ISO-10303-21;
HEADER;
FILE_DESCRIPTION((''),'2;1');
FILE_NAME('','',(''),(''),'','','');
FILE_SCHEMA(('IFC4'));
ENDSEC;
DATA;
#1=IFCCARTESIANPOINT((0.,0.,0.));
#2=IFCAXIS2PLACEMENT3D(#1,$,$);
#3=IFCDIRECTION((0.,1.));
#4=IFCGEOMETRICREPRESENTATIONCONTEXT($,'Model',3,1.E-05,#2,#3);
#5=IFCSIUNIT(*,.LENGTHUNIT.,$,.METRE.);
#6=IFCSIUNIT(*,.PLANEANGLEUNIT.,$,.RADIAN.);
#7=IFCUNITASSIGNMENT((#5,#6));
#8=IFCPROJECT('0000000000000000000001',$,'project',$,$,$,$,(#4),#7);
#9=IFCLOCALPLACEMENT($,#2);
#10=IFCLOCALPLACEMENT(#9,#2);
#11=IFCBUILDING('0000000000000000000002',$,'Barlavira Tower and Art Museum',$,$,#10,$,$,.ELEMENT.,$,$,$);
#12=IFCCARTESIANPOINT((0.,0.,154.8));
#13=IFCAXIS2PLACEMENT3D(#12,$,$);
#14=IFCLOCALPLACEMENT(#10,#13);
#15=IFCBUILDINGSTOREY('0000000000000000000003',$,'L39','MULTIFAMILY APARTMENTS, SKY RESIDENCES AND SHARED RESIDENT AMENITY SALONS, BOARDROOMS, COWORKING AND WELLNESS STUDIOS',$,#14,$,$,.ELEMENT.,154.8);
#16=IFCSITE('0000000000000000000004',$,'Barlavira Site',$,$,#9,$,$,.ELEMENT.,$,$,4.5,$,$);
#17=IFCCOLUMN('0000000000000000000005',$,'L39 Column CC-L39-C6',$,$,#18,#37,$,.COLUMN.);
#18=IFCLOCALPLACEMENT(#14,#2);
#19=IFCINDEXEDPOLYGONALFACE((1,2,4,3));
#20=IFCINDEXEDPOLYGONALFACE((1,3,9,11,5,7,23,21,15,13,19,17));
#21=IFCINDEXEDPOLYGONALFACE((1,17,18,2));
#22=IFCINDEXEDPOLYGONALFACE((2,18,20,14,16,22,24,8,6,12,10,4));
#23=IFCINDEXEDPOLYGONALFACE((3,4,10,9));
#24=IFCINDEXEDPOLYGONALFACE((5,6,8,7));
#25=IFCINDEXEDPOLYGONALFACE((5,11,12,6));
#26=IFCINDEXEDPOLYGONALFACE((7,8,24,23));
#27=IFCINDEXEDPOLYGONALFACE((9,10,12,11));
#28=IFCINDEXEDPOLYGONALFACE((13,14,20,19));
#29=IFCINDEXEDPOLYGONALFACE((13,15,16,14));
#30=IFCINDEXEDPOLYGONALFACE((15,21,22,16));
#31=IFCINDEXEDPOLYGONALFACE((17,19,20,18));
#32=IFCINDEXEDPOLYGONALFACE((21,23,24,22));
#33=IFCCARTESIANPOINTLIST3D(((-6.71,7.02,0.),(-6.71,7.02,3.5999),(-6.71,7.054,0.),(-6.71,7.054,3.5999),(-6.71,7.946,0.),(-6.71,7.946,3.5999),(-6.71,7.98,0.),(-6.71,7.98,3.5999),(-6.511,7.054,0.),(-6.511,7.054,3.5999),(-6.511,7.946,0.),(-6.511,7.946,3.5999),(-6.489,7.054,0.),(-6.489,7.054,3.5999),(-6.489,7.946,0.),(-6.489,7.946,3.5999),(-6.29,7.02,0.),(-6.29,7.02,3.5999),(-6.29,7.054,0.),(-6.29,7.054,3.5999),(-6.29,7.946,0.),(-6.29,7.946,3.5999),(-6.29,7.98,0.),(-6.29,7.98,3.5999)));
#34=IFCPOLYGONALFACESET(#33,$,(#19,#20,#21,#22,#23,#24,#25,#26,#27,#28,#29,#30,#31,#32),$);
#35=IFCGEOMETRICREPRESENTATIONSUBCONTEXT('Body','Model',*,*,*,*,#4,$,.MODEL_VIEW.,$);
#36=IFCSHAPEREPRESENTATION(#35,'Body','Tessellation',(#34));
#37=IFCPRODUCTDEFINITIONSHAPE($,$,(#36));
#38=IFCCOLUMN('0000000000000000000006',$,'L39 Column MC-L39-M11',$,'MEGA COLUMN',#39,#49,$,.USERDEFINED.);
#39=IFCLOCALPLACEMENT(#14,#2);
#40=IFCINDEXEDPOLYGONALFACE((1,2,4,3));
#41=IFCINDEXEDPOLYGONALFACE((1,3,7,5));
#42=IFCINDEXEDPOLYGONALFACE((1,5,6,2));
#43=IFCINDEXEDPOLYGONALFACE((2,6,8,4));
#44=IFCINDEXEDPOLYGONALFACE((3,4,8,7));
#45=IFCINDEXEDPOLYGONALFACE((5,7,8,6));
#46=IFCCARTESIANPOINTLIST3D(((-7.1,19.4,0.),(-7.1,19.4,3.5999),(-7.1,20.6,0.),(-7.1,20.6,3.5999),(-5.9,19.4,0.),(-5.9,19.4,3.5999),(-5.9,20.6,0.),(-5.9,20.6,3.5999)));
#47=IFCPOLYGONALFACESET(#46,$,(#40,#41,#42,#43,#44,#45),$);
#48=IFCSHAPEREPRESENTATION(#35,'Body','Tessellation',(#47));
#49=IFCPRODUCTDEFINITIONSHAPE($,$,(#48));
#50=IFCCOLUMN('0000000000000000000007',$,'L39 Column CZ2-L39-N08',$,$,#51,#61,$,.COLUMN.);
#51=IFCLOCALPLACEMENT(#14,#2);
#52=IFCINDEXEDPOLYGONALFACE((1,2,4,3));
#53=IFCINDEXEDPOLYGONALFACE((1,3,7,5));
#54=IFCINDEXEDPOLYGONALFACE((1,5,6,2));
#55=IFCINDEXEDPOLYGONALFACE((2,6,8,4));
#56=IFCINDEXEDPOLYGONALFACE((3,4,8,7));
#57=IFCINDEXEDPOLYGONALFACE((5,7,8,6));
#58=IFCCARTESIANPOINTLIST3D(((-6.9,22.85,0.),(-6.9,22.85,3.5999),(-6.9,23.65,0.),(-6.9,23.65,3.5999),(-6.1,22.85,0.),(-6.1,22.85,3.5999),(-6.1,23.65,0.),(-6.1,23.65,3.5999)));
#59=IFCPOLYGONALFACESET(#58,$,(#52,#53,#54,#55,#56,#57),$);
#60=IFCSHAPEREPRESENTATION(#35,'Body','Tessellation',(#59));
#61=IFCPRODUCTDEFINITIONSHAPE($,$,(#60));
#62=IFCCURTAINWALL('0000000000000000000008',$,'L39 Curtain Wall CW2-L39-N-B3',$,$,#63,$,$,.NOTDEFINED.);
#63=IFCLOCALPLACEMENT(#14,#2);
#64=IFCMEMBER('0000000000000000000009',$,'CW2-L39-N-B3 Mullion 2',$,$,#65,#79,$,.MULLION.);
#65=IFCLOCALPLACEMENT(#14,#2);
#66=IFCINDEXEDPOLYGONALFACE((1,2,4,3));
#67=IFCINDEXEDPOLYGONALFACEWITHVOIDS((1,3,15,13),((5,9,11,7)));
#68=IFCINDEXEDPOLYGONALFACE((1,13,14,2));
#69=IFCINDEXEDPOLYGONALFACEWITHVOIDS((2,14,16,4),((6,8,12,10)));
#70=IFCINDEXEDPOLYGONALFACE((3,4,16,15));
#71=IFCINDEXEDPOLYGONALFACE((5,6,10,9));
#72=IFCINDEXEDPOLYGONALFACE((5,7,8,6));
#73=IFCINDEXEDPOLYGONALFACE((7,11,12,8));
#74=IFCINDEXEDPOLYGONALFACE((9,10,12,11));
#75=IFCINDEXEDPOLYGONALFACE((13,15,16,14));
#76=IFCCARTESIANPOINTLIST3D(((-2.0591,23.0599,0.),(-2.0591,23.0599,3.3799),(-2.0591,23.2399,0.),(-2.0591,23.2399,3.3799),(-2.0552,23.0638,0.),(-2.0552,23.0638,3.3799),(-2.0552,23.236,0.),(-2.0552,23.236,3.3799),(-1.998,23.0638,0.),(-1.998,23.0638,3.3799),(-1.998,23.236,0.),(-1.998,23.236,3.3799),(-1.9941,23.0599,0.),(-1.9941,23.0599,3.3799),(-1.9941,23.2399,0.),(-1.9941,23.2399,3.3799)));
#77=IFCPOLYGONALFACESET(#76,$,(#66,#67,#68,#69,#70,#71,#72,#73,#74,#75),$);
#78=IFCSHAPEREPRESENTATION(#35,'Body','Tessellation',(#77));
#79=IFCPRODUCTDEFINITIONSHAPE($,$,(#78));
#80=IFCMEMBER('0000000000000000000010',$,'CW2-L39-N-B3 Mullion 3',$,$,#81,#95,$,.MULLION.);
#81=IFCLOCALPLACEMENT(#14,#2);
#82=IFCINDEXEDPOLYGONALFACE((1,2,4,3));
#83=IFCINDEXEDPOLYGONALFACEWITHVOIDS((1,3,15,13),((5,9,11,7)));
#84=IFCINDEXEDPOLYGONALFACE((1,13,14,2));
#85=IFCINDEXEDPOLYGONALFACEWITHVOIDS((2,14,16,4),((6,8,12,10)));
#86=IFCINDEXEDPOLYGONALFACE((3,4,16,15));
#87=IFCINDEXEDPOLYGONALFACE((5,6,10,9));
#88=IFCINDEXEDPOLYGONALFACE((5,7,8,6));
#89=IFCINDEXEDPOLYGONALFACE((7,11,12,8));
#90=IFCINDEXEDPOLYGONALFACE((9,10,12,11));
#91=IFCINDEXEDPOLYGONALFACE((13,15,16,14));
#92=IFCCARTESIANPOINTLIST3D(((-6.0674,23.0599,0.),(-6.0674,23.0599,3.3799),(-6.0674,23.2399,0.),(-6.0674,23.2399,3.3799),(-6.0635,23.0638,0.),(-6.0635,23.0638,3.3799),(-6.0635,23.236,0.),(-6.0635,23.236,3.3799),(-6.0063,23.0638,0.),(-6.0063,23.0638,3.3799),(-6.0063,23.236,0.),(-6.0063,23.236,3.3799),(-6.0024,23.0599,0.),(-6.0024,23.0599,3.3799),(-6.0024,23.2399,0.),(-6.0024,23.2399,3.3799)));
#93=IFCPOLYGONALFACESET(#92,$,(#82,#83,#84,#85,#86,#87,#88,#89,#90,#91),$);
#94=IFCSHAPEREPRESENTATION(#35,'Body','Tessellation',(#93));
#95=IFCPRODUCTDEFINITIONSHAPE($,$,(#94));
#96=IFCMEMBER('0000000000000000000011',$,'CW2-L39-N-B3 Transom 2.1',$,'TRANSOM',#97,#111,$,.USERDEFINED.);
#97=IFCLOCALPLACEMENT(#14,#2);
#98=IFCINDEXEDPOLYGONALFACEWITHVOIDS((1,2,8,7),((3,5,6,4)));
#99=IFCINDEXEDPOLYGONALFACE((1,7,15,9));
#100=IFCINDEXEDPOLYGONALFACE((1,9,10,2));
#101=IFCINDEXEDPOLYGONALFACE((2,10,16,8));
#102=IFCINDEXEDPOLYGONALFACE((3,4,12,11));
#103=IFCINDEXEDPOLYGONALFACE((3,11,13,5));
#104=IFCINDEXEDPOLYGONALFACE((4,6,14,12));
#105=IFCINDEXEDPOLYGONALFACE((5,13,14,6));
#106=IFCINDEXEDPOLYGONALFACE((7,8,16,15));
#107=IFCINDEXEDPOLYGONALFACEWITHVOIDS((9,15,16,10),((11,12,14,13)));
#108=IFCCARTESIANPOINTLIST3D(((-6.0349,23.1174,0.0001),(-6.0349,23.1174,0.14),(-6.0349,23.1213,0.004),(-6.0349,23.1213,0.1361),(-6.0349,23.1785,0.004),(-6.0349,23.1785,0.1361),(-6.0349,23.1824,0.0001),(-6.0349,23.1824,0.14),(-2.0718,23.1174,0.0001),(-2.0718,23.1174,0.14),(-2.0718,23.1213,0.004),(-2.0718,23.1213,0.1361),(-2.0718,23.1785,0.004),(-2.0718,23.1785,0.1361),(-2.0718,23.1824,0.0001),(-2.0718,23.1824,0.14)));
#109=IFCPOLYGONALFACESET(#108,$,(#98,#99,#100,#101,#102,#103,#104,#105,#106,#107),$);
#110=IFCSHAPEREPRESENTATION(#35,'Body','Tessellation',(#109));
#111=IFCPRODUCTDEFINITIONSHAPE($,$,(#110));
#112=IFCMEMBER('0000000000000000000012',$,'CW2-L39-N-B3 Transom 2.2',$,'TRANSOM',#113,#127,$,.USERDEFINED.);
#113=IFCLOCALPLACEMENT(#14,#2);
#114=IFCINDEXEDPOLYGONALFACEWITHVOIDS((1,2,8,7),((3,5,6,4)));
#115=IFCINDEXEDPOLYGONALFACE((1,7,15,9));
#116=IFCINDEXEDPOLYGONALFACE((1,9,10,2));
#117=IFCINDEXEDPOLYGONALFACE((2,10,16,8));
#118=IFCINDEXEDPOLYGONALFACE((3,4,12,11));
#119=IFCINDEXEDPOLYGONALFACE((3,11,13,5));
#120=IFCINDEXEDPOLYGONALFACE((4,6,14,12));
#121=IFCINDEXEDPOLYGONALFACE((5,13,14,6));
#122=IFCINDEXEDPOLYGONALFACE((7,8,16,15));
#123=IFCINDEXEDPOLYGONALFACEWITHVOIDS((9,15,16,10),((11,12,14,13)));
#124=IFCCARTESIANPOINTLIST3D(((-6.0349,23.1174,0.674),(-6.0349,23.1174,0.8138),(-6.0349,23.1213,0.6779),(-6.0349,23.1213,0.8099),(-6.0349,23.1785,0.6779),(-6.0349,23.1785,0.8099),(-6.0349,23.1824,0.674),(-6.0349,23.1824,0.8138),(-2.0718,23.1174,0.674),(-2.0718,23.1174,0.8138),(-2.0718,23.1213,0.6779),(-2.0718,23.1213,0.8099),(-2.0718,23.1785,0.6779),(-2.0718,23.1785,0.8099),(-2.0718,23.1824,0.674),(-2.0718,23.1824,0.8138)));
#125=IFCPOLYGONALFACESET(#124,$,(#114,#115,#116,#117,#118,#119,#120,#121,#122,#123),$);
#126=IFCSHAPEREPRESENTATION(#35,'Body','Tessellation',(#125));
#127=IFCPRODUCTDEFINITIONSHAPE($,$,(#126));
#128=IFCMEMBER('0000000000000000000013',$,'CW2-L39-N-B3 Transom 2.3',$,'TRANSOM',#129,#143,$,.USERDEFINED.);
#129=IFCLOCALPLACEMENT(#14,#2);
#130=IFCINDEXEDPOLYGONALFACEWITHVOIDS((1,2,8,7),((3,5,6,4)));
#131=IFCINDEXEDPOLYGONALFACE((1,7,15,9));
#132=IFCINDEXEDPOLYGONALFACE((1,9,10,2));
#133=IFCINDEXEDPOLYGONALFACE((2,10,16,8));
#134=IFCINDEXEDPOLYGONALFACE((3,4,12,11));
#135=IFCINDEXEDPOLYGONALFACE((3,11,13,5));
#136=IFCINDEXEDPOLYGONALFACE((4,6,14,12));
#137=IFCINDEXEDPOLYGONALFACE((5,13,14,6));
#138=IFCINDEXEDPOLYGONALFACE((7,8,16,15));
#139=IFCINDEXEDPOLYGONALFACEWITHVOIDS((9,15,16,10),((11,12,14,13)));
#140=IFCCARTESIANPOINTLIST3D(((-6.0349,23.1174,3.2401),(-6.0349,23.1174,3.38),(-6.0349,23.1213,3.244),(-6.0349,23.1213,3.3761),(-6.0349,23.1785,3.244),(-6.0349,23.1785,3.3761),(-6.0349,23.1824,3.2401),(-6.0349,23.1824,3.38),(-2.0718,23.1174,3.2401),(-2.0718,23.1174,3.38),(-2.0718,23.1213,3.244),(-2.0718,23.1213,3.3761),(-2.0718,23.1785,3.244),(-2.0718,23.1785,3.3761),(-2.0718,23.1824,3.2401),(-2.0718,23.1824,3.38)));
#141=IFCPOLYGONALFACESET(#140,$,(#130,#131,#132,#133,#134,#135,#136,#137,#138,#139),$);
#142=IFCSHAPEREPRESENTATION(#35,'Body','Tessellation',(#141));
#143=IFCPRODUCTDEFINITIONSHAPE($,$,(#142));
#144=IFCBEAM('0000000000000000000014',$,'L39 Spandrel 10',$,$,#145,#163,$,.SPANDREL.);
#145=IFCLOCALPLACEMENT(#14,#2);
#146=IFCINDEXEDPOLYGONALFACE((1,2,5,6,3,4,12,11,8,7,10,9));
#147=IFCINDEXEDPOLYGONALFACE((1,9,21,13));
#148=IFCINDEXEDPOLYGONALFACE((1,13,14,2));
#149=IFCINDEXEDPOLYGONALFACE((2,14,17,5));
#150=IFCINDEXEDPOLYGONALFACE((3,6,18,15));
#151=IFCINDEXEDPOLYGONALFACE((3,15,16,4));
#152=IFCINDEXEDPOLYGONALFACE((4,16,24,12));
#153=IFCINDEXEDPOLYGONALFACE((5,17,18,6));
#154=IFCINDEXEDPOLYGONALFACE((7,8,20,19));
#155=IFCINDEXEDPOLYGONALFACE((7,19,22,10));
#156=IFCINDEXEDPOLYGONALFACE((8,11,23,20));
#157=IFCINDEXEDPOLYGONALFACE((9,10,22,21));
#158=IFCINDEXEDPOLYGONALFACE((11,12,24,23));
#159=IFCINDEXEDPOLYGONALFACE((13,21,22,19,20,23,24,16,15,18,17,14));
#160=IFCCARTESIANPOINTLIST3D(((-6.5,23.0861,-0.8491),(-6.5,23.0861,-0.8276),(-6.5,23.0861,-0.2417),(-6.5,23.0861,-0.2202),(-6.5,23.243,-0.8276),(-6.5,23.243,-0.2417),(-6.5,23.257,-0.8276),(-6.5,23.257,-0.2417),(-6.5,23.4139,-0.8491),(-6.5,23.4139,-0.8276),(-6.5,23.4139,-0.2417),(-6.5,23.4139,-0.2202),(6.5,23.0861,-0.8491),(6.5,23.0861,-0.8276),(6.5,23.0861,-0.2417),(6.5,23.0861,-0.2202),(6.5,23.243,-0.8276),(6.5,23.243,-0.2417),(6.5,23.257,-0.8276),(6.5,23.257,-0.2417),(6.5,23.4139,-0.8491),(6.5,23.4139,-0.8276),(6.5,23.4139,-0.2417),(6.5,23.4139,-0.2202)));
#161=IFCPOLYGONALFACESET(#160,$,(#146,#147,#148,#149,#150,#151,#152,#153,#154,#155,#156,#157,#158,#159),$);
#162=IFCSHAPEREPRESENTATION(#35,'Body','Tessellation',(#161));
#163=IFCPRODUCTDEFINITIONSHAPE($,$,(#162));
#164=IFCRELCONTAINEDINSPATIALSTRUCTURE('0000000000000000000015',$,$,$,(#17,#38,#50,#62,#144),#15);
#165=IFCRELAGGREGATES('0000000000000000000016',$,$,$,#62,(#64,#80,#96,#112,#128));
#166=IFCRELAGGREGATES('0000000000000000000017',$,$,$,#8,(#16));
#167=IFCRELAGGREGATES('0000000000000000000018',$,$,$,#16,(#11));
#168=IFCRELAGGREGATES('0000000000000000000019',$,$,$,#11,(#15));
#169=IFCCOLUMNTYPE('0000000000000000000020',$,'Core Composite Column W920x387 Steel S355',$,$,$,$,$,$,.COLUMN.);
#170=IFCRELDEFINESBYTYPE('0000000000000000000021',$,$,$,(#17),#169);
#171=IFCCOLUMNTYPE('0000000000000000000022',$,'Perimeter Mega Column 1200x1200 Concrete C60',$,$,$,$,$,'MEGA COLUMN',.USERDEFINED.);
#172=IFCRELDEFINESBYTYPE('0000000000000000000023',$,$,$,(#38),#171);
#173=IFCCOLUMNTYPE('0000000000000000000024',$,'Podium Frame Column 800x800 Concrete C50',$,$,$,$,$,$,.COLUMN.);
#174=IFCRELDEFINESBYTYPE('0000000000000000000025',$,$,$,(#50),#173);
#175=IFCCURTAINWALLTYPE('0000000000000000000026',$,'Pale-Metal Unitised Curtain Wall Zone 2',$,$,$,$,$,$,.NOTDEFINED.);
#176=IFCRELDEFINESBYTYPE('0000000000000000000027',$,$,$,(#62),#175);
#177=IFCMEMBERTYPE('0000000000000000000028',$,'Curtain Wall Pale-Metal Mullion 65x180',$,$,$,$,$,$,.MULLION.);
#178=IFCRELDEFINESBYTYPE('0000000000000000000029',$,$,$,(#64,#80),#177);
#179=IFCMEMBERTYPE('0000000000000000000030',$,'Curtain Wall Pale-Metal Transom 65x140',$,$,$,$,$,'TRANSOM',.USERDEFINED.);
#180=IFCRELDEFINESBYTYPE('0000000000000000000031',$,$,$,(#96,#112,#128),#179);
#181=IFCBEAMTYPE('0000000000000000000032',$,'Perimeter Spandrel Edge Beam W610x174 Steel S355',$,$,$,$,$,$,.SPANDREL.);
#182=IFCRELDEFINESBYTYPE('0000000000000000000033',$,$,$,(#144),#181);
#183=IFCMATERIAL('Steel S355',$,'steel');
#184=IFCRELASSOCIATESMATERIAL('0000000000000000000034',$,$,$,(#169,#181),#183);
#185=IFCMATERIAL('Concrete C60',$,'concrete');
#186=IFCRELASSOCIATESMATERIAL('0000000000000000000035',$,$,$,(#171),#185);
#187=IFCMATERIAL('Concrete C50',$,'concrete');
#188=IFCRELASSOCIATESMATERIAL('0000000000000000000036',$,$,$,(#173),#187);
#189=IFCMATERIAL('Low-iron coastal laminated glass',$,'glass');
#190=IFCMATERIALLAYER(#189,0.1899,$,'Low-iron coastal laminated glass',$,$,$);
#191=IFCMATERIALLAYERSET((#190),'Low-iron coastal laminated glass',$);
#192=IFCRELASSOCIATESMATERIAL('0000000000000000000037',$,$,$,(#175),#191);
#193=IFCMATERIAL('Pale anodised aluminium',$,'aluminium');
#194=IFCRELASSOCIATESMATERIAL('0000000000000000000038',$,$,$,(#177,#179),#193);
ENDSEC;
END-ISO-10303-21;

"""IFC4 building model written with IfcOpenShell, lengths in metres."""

from ifc_helpers import new_model, si_unit, direction, frame, origin, origin_2d, place, context, subcontext, project, spatial, rectangle, hollow_rectangle, i_section, extrude, material, layer, layer_set, material_profile, profile_set, type_object, element, aggregate, save


model = new_model("IFC4")

# Units and contexts
model_context = context("Model", 3, precision=1e-05, world=origin(), true_north=direction((0.0, 1.0)))
body_context = subcontext(model_context, "Body", "Model", "MODEL_VIEW")
ifc_project = project(units=[si_unit("LENGTHUNIT", "METRE"), si_unit("PLANEANGLEUNIT", "RADIAN")], contexts=[model_context])

# Site, building, storey
site_placement = place(None, origin())
site = spatial("IfcSite", under=ifc_project, at=site_placement, Name="Barlavira Site", CompositionType="ELEMENT", RefElevation=4.5)
building_placement = place(site_placement, origin())
building = spatial("IfcBuilding", under=site, at=building_placement, Name="Barlavira Tower and Art Museum", CompositionType="ELEMENT")
storey_placement = place(building_placement, frame((0.0, 0.0, 154.8)))
storey = spatial("IfcBuildingStorey", under=building, at=storey_placement, Name="L39", Description="MULTIFAMILY APARTMENTS, SKY RESIDENCES AND SHARED RESIDENT AMENITY SALONS, BOARDROOMS, COWORKING AND WELLNESS STUDIOS", CompositionType="ELEMENT", Elevation=154.8)

# Columns
ifc_material_1 = material(Name="Steel S355", Category="steel")
ifc_material_profile_1 = material_profile(ifc_material_1, i_section(OverallWidth=0.4199, OverallDepth=0.96, WebThickness=0.022, FlangeThickness=0.0339, at=origin_2d()), Name="W920x387.0")
ifc_profile_set_1 = profile_set([ifc_material_profile_1], Name="Steel S355")
column_type_1 = type_object("IfcColumnType", Name="Core Composite Column W920x387 Steel S355", PredefinedType="COLUMN", material=ifc_profile_set_1)
column_1_placement = place(storey_placement, frame((-6.5, 7.5, 0.0), z_axis=(0.0, 0.0, 1.0), x_axis=(1.0, 0.0, 0.0)))
element("IfcColumn", 1, at=column_1_placement, inside=storey, type_object=column_type_1, Name="L39 Column CC-L39-C6", PredefinedType="COLUMN", context=body_context, shape_type="SweptSolid", body=[
    extrude(i_section(OverallWidth=0.4199, OverallDepth=0.96, WebThickness=0.022, FlangeThickness=0.0339, at=origin_2d()), origin(), (0.0, 0.0, 1.0), 3.5999),
])
ifc_material_2 = material(Name="Concrete C60", Category="concrete")
ifc_material_profile_2 = material_profile(ifc_material_2, rectangle(XDim=1.2, YDim=1.2, at=origin_2d()), Name="RC-COL 1200x1200")
ifc_profile_set_2 = profile_set([ifc_material_profile_2], Name="Concrete C60")
column_type_2 = type_object("IfcColumnType", Name="Perimeter Mega Column 1200x1200 Concrete C60", ElementType="MEGA COLUMN", PredefinedType="USERDEFINED", material=ifc_profile_set_2)
column_2_placement = place(storey_placement, frame((-6.5, 20.0, 0.0), z_axis=(0.0, 0.0, 1.0), x_axis=(1.0, 0.0, 0.0)))
element("IfcColumn", 2, at=column_2_placement, inside=storey, type_object=column_type_2, Name="L39 Column MC-L39-M11", ObjectType="MEGA COLUMN", PredefinedType="USERDEFINED", context=body_context, shape_type="SweptSolid", body=[
    extrude(rectangle(XDim=1.2, YDim=1.2, at=origin_2d()), origin(), (0.0, 0.0, 1.0), 3.5999),
])
ifc_material_3 = material(Name="Concrete C50", Category="concrete")
ifc_material_profile_3 = material_profile(ifc_material_3, rectangle(XDim=0.8, YDim=0.8, at=origin_2d()), Name="RC-COL 800x800")
ifc_profile_set_3 = profile_set([ifc_material_profile_3], Name="Concrete C50")
column_type_3 = type_object("IfcColumnType", Name="Podium Frame Column 800x800 Concrete C50", PredefinedType="COLUMN", material=ifc_profile_set_3)
column_3_placement = place(storey_placement, frame((-6.5, 23.25, 0.0), z_axis=(0.0, 0.0, 1.0), x_axis=(1.0, 0.0, 0.0)))
element("IfcColumn", 3, at=column_3_placement, inside=storey, type_object=column_type_3, Name="L39 Column CZ2-L39-N08", PredefinedType="COLUMN", context=body_context, shape_type="SweptSolid", body=[
    extrude(rectangle(XDim=0.8, YDim=0.8, at=origin_2d()), origin(), (0.0, 0.0, 1.0), 3.5999),
])

# Curtain wall, members
ifc_material_4 = material(Name="Low-iron coastal laminated glass", Category="glass")
ifc_layer_1 = layer(ifc_material_4, 0.1899, Name="Low-iron coastal laminated glass")
ifc_layer_set_1 = layer_set([ifc_layer_1], Name="Low-iron coastal laminated glass")
curtain_wall_type = type_object("IfcCurtainWallType", Name="Pale-Metal Unitised Curtain Wall Zone 2", PredefinedType="NOTDEFINED", material=ifc_layer_set_1)
curtain_wall_placement = place(storey_placement, origin())
curtain_wall = element("IfcCurtainWall", 4, at=curtain_wall_placement, inside=storey, type_object=curtain_wall_type, Name="L39 Curtain Wall CW2-L39-N-B3", PredefinedType="NOTDEFINED")
ifc_material_5 = material(Name="Pale anodised aluminium", Category="aluminium")
ifc_material_profile_4 = material_profile(ifc_material_5, hollow_rectangle(XDim=0.0649, YDim=0.1799, WallThickness=0.0039, at=origin_2d()), Name="ALU-MULL 65x180x4")
ifc_profile_set_4 = profile_set([ifc_material_profile_4], Name="Pale anodised aluminium")
member_type_1 = type_object("IfcMemberType", Name="Curtain Wall Pale-Metal Mullion 65x180", PredefinedType="MULLION", material=ifc_profile_set_4)
member_1_placement = place(storey_placement, frame((-2.0266, 23.1499, 0.0), z_axis=(0.0, 0.0, 1.0), x_axis=(-1.0, 0.0, 0.0)))
member_1 = element("IfcMember", 5, at=member_1_placement, type_object=member_type_1, Name="CW2-L39-N-B3 Mullion 2", PredefinedType="MULLION", context=body_context, shape_type="SweptSolid", body=[
    extrude(hollow_rectangle(XDim=0.0649, YDim=0.1799, WallThickness=0.0039, at=origin_2d()), origin(), (0.0, 0.0, 1.0), 3.3799),
])
member_2_placement = place(storey_placement, frame((-6.0349, 23.1499, 0.0), z_axis=(0.0, 0.0, 1.0), x_axis=(-1.0, 0.0, 0.0)))
member_2 = element("IfcMember", 6, at=member_2_placement, type_object=member_type_1, Name="CW2-L39-N-B3 Mullion 3", PredefinedType="MULLION", context=body_context, shape_type="SweptSolid", body=[
    extrude(hollow_rectangle(XDim=0.0649, YDim=0.1799, WallThickness=0.0039, at=origin_2d()), origin(), (0.0, 0.0, 1.0), 3.3799),
])
ifc_material_profile_5 = material_profile(ifc_material_5, hollow_rectangle(XDim=0.0649, YDim=0.1399, WallThickness=0.0039, at=origin_2d()), Name="ALU-TRAN 65x140x4")
ifc_profile_set_5 = profile_set([ifc_material_profile_5], Name="Pale anodised aluminium")
member_type_2 = type_object("IfcMemberType", Name="Curtain Wall Pale-Metal Transom 65x140", ElementType="TRANSOM", PredefinedType="USERDEFINED", material=ifc_profile_set_5)
member_3_placement = place(storey_placement, frame((-2.0718, 23.1499, 0.0701), z_axis=(-1.0, 0.0, 0.0), x_axis=(0.0, -1.0, 0.0)))
member_3 = element("IfcMember", 7, at=member_3_placement, type_object=member_type_2, Name="CW2-L39-N-B3 Transom 2.1", ObjectType="TRANSOM", PredefinedType="USERDEFINED", context=body_context, shape_type="SweptSolid", body=[
    extrude(hollow_rectangle(XDim=0.0649, YDim=0.1399, WallThickness=0.0039, at=origin_2d()), origin(), (0.0, 0.0, 1.0), 3.9631),
])
member_4_placement = place(storey_placement, frame((-2.0718, 23.1499, 0.7439), z_axis=(-1.0, 0.0, 0.0), x_axis=(0.0, -1.0, 0.0)))
member_4 = element("IfcMember", 8, at=member_4_placement, type_object=member_type_2, Name="CW2-L39-N-B3 Transom 2.2", ObjectType="TRANSOM", PredefinedType="USERDEFINED", context=body_context, shape_type="SweptSolid", body=[
    extrude(hollow_rectangle(XDim=0.0649, YDim=0.1399, WallThickness=0.0039, at=origin_2d()), origin(), (0.0, 0.0, 1.0), 3.9631),
])
member_5_placement = place(storey_placement, frame((-2.0718, 23.1499, 3.3101), z_axis=(-1.0, 0.0, 0.0), x_axis=(0.0, -1.0, 0.0)))
member_5 = element("IfcMember", 9, at=member_5_placement, type_object=member_type_2, Name="CW2-L39-N-B3 Transom 2.3", ObjectType="TRANSOM", PredefinedType="USERDEFINED", context=body_context, shape_type="SweptSolid", body=[
    extrude(hollow_rectangle(XDim=0.0649, YDim=0.1399, WallThickness=0.0039, at=origin_2d()), origin(), (0.0, 0.0, 1.0), 3.9631),
])

# Beam
ifc_material_profile_6 = material_profile(ifc_material_1, i_section(OverallWidth=0.3279, OverallDepth=0.6289, WebThickness=0.0139, FlangeThickness=0.0215, at=origin_2d()), Name="W610x174.0")
ifc_profile_set_6 = profile_set([ifc_material_profile_6], Name="Steel S355")
beam_type_1 = type_object("IfcBeamType", Name="Perimeter Spandrel Edge Beam W610x174 Steel S355", PredefinedType="SPANDREL", material=ifc_profile_set_6)
beam_1_placement = place(storey_placement, frame((-6.5, 23.25, -0.5347), z_axis=(1.0, 0.0, 0.0), x_axis=(0.0, 1.0, 0.0)))
element("IfcBeam", 10, at=beam_1_placement, inside=storey, type_object=beam_type_1, Name="L39 Spandrel 10", PredefinedType="SPANDREL", context=body_context, shape_type="SweptSolid", body=[
    extrude(i_section(OverallWidth=0.3279, OverallDepth=0.6289, WebThickness=0.0139, FlangeThickness=0.0215, at=origin_2d()), origin(), (0.0, 0.0, 1.0), 13.0),
])

aggregate(curtain_wall, [member_1, member_2, member_3, member_4, member_5])

save(model, "model.ifc")
